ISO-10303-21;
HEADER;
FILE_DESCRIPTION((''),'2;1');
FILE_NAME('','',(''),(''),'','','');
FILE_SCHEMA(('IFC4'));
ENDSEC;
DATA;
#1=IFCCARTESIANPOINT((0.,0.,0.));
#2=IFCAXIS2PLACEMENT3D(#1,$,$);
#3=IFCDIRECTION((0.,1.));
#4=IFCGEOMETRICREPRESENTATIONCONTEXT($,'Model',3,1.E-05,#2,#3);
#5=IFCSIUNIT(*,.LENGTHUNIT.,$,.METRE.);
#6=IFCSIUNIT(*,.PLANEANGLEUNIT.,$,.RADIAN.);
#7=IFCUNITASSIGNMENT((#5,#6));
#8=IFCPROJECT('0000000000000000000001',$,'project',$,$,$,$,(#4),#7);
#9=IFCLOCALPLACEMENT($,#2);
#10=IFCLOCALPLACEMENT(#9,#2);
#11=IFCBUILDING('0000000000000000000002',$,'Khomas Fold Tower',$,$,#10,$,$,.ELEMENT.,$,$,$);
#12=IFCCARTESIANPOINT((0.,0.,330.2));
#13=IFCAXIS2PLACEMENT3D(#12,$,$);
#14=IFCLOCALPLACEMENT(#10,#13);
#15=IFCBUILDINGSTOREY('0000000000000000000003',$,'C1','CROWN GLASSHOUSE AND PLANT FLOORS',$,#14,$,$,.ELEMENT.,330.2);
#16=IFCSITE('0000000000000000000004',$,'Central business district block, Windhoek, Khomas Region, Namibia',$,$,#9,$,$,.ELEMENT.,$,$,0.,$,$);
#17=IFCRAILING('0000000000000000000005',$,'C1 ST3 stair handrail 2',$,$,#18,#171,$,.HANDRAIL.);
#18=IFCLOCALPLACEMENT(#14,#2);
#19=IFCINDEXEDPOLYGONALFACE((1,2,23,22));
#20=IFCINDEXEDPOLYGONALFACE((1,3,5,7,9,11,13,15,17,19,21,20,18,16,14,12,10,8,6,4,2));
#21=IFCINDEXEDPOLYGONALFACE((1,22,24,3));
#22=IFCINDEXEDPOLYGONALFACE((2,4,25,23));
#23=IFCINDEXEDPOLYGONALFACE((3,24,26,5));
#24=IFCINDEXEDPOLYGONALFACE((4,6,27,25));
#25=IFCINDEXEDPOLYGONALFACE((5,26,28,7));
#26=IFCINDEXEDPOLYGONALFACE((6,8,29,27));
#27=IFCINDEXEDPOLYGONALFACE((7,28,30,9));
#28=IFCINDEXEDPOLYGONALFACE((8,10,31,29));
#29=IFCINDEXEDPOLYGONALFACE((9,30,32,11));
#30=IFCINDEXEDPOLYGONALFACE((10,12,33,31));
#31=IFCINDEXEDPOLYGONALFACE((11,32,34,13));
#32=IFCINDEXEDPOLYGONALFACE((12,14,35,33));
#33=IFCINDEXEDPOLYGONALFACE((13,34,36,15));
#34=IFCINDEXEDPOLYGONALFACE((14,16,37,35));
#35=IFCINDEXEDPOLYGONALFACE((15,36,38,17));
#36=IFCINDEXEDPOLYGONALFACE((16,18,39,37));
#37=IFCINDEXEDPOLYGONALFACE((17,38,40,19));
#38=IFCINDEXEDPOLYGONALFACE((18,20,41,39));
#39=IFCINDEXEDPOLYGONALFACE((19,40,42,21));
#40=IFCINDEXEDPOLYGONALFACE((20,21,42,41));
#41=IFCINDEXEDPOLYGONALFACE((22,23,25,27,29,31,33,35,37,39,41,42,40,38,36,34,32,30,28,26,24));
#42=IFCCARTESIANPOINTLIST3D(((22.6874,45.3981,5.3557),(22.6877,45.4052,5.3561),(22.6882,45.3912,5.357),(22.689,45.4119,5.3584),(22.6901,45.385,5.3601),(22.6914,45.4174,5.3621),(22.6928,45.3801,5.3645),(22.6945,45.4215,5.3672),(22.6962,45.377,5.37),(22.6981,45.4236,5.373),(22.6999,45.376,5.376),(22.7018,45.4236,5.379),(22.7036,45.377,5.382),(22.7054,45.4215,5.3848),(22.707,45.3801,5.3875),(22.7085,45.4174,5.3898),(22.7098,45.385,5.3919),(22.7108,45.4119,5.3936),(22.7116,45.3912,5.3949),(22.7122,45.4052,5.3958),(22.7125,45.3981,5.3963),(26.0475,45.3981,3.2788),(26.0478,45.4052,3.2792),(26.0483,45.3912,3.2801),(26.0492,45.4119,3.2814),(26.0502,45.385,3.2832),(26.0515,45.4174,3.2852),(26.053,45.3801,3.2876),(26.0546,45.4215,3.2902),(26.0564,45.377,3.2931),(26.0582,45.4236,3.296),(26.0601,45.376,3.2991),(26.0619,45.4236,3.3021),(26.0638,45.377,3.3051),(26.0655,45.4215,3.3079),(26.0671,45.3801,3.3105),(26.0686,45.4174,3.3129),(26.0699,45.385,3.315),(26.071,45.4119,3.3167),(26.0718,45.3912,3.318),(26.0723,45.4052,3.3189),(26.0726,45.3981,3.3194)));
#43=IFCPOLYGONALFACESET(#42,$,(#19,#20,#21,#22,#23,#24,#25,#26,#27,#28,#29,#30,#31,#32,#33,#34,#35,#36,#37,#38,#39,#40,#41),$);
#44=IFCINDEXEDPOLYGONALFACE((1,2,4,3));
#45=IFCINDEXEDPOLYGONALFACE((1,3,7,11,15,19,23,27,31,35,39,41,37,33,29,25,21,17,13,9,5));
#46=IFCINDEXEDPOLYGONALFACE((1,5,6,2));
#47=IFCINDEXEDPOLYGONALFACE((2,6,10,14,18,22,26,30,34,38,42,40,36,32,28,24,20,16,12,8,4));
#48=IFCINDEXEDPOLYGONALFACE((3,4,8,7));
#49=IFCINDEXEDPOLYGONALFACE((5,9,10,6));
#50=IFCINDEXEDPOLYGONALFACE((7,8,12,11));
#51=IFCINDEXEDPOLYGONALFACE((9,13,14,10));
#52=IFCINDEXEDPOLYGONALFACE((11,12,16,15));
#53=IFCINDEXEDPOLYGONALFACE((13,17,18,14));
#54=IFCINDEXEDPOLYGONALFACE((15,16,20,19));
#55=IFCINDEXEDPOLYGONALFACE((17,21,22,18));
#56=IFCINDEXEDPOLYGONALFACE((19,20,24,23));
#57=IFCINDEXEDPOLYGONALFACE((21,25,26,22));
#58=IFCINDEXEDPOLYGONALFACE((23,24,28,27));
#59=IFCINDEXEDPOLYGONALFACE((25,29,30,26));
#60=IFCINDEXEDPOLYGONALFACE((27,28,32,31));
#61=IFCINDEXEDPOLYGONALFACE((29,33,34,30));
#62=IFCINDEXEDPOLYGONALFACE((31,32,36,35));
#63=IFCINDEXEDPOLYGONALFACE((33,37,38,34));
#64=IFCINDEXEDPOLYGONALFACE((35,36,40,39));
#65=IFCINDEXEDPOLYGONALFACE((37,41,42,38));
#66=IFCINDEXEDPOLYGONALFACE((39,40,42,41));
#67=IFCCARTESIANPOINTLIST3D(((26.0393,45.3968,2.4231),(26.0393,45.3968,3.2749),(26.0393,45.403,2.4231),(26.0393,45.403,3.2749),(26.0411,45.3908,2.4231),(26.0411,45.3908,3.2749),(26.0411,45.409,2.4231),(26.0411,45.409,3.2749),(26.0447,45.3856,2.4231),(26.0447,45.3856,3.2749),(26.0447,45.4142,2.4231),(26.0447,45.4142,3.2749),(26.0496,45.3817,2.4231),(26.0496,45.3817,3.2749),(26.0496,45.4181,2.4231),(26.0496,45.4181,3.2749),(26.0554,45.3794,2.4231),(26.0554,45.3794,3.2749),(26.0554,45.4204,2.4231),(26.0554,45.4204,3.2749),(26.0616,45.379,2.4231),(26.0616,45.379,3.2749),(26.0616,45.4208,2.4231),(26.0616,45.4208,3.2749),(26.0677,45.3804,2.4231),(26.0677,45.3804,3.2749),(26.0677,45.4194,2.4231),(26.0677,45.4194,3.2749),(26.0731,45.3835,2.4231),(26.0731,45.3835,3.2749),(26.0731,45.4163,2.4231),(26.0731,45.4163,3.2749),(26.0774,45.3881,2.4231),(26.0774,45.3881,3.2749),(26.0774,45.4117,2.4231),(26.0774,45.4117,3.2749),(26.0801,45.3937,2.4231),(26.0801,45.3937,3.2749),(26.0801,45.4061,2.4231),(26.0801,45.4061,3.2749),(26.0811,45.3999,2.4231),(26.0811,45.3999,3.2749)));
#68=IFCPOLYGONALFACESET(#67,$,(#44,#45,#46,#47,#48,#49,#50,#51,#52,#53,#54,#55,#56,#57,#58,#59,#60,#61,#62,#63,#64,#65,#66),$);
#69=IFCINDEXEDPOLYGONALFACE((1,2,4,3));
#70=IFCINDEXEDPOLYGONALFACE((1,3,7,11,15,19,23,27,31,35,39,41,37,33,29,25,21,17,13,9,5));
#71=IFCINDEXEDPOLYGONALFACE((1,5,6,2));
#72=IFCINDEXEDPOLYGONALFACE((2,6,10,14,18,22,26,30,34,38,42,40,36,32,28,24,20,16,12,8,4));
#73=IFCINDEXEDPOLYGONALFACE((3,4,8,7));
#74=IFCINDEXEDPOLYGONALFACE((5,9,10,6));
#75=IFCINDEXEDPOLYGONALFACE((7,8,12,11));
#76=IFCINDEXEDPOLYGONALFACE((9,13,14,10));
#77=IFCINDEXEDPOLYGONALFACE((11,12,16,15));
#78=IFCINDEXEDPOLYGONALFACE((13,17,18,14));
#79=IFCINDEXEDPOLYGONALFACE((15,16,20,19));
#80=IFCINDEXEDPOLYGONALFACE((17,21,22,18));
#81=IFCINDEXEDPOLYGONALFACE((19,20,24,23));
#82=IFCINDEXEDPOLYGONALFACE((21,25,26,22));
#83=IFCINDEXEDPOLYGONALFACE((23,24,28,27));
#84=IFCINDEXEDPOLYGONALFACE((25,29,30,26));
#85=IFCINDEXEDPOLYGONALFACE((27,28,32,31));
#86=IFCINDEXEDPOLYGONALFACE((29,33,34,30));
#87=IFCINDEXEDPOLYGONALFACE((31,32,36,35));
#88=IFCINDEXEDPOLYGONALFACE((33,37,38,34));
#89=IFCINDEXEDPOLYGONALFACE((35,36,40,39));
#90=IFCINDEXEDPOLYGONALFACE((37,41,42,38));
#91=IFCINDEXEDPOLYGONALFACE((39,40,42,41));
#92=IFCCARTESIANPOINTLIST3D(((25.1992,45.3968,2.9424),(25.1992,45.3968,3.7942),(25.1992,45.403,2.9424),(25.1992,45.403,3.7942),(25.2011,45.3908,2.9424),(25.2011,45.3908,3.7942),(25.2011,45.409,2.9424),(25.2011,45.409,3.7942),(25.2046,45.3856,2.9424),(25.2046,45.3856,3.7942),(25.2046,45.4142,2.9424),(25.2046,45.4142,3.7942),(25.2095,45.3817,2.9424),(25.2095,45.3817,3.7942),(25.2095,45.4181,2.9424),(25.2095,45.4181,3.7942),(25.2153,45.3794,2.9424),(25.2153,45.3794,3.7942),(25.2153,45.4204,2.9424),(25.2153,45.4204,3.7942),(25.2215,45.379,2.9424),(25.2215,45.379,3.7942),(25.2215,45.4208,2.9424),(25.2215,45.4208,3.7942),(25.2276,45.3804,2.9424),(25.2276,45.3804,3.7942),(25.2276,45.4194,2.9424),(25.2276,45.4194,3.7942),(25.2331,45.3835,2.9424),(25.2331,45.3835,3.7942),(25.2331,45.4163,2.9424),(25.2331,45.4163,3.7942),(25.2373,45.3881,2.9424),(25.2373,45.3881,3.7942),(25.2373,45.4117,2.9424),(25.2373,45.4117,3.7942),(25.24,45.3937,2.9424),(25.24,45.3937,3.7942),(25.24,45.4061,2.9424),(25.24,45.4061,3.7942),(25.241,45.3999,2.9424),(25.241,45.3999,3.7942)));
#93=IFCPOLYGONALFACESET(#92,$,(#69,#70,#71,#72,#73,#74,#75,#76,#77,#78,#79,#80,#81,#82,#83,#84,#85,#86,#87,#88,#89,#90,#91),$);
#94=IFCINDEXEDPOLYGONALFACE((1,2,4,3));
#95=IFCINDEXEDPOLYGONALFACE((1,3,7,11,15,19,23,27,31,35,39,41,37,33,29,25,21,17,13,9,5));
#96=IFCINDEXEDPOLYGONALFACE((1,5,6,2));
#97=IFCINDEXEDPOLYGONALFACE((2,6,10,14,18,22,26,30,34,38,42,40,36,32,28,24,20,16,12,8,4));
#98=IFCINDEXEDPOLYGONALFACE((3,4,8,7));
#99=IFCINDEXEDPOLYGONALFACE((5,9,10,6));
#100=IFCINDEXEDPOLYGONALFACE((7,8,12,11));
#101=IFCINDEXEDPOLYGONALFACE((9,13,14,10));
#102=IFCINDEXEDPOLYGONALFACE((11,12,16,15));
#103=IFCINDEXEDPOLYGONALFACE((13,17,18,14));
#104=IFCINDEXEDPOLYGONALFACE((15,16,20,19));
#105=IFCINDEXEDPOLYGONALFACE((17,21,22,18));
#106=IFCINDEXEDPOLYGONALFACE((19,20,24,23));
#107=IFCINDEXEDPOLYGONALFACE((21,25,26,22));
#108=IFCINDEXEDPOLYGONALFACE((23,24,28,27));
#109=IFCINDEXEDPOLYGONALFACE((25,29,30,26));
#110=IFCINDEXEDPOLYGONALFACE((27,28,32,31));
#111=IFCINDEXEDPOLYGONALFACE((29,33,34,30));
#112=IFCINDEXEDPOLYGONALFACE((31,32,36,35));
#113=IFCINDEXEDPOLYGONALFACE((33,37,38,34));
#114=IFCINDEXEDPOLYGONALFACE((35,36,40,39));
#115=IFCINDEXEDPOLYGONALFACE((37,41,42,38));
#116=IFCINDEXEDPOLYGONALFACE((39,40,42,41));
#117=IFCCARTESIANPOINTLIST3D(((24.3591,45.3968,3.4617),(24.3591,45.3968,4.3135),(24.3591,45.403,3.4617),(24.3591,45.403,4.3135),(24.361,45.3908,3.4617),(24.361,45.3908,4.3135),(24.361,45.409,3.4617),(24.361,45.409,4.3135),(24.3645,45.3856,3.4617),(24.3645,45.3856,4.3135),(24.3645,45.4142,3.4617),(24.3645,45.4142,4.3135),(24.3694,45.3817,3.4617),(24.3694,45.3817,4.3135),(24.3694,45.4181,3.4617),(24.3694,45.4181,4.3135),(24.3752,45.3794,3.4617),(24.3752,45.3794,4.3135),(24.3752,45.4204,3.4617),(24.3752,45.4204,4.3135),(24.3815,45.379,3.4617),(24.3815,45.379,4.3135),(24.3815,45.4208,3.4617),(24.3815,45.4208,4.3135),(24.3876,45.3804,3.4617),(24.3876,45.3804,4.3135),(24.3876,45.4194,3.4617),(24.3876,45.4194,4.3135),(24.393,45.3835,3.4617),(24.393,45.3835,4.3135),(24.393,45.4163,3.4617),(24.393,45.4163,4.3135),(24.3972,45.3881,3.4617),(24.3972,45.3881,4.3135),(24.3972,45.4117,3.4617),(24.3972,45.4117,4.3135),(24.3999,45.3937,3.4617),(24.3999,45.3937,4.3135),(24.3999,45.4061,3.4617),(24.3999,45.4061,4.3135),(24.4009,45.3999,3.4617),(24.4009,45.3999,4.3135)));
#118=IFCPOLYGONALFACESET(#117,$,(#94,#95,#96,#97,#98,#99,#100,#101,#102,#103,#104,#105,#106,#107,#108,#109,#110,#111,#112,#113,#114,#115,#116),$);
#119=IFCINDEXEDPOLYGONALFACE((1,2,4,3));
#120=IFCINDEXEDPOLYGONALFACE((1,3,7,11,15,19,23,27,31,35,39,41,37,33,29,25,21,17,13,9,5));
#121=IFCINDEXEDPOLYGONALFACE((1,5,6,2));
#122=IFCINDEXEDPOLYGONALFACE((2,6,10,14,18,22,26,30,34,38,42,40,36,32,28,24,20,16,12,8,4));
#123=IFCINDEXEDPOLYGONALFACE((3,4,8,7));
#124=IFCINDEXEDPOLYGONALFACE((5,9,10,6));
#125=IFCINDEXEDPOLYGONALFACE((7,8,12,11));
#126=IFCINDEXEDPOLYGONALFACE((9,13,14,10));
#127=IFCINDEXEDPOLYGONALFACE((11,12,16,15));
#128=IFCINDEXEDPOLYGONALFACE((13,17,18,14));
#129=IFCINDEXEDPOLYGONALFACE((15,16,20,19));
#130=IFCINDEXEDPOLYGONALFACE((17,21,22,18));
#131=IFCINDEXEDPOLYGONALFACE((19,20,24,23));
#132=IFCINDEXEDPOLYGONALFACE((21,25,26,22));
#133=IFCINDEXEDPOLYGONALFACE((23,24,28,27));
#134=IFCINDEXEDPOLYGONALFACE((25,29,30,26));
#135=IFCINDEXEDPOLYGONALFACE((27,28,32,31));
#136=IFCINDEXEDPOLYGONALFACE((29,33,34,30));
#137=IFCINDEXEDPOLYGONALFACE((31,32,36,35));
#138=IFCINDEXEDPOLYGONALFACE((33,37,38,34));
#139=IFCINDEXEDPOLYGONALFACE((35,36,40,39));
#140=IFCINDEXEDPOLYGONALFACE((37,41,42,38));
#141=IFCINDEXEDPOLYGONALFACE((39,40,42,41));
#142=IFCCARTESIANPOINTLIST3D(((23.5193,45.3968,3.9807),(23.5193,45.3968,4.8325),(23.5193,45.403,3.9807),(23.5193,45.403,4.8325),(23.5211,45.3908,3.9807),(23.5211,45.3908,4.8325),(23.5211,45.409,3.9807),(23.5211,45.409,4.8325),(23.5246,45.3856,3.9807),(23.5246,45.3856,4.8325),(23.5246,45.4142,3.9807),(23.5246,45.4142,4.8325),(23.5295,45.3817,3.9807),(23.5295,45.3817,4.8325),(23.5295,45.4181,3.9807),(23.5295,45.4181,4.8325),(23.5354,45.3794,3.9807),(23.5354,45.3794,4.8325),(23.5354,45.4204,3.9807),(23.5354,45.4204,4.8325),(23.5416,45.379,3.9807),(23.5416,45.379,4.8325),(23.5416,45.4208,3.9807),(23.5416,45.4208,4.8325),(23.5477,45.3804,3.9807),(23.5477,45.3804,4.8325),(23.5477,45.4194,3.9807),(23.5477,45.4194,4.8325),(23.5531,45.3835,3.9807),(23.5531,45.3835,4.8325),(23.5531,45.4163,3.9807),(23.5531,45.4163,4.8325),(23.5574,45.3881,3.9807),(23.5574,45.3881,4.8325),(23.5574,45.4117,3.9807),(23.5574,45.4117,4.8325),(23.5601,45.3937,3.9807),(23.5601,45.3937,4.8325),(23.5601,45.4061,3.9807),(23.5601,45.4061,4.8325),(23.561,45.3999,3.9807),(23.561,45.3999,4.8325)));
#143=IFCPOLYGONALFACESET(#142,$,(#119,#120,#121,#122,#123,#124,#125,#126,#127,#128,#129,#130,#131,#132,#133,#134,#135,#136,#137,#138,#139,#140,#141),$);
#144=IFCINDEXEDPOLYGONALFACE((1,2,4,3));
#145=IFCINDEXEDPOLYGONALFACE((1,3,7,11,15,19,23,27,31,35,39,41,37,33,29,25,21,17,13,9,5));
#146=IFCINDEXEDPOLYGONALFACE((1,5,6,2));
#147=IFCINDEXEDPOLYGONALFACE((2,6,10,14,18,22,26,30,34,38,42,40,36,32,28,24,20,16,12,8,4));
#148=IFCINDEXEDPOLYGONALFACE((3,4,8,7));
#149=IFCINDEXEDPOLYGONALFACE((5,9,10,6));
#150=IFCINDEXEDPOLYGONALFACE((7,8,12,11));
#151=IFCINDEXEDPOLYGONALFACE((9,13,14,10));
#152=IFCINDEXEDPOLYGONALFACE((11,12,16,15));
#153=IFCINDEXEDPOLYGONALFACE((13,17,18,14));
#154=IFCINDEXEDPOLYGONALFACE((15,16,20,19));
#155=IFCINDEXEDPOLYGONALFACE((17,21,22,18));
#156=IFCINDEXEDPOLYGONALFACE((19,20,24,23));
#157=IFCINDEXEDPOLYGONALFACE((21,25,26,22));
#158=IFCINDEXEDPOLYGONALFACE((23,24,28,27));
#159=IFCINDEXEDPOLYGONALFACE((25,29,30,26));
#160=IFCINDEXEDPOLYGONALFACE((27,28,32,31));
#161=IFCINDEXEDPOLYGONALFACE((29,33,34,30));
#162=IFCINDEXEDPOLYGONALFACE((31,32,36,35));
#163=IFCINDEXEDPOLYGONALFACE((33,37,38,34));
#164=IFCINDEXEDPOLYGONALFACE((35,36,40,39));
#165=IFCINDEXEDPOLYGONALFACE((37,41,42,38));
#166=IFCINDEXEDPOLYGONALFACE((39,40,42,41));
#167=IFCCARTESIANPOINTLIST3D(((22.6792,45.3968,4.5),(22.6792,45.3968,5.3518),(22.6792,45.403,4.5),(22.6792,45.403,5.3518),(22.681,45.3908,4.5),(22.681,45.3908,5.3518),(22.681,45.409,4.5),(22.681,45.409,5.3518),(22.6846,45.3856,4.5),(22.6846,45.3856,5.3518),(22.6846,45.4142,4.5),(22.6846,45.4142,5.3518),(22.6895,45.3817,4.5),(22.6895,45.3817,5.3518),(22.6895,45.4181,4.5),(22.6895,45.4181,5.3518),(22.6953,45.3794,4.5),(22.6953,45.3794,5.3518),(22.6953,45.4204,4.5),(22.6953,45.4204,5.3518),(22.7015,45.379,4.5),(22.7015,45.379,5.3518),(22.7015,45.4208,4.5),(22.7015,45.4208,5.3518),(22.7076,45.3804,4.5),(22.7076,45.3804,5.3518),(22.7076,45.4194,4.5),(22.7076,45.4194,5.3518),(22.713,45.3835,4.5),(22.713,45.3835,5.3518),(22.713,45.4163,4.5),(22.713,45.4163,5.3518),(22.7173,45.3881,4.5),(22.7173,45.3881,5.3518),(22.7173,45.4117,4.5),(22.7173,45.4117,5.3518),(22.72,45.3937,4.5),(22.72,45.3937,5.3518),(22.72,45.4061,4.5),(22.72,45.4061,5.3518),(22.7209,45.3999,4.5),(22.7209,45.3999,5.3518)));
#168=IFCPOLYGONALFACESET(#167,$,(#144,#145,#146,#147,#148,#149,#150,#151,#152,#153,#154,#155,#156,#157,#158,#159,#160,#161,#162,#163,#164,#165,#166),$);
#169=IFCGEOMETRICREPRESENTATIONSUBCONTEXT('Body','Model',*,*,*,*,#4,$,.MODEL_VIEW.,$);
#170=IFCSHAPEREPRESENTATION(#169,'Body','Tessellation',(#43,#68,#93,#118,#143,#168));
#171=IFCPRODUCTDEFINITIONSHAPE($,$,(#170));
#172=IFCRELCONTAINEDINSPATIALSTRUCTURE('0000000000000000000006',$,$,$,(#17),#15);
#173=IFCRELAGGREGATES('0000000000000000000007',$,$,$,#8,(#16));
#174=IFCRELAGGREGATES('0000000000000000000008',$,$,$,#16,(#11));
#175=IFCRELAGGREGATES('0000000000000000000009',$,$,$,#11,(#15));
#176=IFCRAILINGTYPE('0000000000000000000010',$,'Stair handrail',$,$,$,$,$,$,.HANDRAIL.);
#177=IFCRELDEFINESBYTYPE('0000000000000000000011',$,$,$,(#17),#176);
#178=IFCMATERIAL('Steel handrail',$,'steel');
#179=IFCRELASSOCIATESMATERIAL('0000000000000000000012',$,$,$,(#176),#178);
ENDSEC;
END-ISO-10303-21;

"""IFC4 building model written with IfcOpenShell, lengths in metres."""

from ifc_helpers import new_model, si_unit, direction, frame, origin, origin_2d, place, context, subcontext, project, spatial, circle, extrude, source, transform, mapped, material, type_object, element, save


model = new_model("IFC4")

# Units and contexts
model_context = context("Model", 3, precision=1e-05, world=origin(), true_north=direction((0.0, 1.0)))
body_context = subcontext(model_context, "Body", "Model", "MODEL_VIEW")
ifc_project = project(units=[si_unit("LENGTHUNIT", "METRE"), si_unit("PLANEANGLEUNIT", "RADIAN")], contexts=[model_context])

# Site, building, storey
site_placement = place(None, origin())
site = spatial("IfcSite", under=ifc_project, at=site_placement, Name="Central business district block, Windhoek, Khomas Region, Namibia", CompositionType="ELEMENT", RefElevation=0.0)
building_placement = place(site_placement, origin())
building = spatial("IfcBuilding", under=site, at=building_placement, Name="Khomas Fold Tower", CompositionType="ELEMENT")
storey_placement = place(building_placement, frame((0.0, 0.0, 330.2)))
storey = spatial("IfcBuildingStorey", under=building, at=storey_placement, Name="C1", Description="CROWN GLASSHOUSE AND PLANT FLOORS", CompositionType="ELEMENT", Elevation=330.2)

# Railing
ifc_material_1 = material(Name="Steel handrail", Category="steel")
railing_type_1 = type_object("IfcRailingType", Name="Stair handrail", PredefinedType="HANDRAIL", material=ifc_material_1)
shared_shape_1 = source(origin(), body_context, "Body", "SweptSolid", [
    extrude(circle(Radius=0.0239, at=origin_2d()), frame((0.0, 0.0, 0.876), z_axis=(-0.850623, 0.0, 0.525776), x_axis=(0.0, -1.0, 0.0)), (0.0, 0.0, 1.0), 3.9502),
    extrude(circle(Radius=0.021, at=origin_2d()), origin(), (0.0, 0.0, 1.0), 0.8518),
    extrude(circle(Radius=0.021, at=origin_2d()), frame((-0.8401, 0.0, 0.5193)), (0.0, 0.0, 1.0), 0.8518),
    extrude(circle(Radius=0.021, at=origin_2d()), frame((-1.6802, 0.0, 1.0386)), (0.0, 0.0, 1.0), 0.8518),
    extrude(circle(Radius=0.021, at=origin_2d()), frame((-2.52, 0.0, 1.5576)), (0.0, 0.0, 1.0), 0.8518),
    extrude(circle(Radius=0.021, at=origin_2d()), frame((-3.3601, 0.0, 2.0769)), (0.0, 0.0, 1.0), 0.8518),
])
railing_1_placement = place(storey_placement, frame((26.0601, 45.3999, 2.4231)))
element("IfcRailing", 1, at=railing_1_placement, inside=storey, type_object=railing_type_1, Name="C1 ST3 stair handrail 2", PredefinedType="HANDRAIL", context=body_context, shape_type="MappedRepresentation", body=[
    mapped(shared_shape_1, transform((0.0, 0.0, 0.0))),
])

save(model, "model.ifc")
